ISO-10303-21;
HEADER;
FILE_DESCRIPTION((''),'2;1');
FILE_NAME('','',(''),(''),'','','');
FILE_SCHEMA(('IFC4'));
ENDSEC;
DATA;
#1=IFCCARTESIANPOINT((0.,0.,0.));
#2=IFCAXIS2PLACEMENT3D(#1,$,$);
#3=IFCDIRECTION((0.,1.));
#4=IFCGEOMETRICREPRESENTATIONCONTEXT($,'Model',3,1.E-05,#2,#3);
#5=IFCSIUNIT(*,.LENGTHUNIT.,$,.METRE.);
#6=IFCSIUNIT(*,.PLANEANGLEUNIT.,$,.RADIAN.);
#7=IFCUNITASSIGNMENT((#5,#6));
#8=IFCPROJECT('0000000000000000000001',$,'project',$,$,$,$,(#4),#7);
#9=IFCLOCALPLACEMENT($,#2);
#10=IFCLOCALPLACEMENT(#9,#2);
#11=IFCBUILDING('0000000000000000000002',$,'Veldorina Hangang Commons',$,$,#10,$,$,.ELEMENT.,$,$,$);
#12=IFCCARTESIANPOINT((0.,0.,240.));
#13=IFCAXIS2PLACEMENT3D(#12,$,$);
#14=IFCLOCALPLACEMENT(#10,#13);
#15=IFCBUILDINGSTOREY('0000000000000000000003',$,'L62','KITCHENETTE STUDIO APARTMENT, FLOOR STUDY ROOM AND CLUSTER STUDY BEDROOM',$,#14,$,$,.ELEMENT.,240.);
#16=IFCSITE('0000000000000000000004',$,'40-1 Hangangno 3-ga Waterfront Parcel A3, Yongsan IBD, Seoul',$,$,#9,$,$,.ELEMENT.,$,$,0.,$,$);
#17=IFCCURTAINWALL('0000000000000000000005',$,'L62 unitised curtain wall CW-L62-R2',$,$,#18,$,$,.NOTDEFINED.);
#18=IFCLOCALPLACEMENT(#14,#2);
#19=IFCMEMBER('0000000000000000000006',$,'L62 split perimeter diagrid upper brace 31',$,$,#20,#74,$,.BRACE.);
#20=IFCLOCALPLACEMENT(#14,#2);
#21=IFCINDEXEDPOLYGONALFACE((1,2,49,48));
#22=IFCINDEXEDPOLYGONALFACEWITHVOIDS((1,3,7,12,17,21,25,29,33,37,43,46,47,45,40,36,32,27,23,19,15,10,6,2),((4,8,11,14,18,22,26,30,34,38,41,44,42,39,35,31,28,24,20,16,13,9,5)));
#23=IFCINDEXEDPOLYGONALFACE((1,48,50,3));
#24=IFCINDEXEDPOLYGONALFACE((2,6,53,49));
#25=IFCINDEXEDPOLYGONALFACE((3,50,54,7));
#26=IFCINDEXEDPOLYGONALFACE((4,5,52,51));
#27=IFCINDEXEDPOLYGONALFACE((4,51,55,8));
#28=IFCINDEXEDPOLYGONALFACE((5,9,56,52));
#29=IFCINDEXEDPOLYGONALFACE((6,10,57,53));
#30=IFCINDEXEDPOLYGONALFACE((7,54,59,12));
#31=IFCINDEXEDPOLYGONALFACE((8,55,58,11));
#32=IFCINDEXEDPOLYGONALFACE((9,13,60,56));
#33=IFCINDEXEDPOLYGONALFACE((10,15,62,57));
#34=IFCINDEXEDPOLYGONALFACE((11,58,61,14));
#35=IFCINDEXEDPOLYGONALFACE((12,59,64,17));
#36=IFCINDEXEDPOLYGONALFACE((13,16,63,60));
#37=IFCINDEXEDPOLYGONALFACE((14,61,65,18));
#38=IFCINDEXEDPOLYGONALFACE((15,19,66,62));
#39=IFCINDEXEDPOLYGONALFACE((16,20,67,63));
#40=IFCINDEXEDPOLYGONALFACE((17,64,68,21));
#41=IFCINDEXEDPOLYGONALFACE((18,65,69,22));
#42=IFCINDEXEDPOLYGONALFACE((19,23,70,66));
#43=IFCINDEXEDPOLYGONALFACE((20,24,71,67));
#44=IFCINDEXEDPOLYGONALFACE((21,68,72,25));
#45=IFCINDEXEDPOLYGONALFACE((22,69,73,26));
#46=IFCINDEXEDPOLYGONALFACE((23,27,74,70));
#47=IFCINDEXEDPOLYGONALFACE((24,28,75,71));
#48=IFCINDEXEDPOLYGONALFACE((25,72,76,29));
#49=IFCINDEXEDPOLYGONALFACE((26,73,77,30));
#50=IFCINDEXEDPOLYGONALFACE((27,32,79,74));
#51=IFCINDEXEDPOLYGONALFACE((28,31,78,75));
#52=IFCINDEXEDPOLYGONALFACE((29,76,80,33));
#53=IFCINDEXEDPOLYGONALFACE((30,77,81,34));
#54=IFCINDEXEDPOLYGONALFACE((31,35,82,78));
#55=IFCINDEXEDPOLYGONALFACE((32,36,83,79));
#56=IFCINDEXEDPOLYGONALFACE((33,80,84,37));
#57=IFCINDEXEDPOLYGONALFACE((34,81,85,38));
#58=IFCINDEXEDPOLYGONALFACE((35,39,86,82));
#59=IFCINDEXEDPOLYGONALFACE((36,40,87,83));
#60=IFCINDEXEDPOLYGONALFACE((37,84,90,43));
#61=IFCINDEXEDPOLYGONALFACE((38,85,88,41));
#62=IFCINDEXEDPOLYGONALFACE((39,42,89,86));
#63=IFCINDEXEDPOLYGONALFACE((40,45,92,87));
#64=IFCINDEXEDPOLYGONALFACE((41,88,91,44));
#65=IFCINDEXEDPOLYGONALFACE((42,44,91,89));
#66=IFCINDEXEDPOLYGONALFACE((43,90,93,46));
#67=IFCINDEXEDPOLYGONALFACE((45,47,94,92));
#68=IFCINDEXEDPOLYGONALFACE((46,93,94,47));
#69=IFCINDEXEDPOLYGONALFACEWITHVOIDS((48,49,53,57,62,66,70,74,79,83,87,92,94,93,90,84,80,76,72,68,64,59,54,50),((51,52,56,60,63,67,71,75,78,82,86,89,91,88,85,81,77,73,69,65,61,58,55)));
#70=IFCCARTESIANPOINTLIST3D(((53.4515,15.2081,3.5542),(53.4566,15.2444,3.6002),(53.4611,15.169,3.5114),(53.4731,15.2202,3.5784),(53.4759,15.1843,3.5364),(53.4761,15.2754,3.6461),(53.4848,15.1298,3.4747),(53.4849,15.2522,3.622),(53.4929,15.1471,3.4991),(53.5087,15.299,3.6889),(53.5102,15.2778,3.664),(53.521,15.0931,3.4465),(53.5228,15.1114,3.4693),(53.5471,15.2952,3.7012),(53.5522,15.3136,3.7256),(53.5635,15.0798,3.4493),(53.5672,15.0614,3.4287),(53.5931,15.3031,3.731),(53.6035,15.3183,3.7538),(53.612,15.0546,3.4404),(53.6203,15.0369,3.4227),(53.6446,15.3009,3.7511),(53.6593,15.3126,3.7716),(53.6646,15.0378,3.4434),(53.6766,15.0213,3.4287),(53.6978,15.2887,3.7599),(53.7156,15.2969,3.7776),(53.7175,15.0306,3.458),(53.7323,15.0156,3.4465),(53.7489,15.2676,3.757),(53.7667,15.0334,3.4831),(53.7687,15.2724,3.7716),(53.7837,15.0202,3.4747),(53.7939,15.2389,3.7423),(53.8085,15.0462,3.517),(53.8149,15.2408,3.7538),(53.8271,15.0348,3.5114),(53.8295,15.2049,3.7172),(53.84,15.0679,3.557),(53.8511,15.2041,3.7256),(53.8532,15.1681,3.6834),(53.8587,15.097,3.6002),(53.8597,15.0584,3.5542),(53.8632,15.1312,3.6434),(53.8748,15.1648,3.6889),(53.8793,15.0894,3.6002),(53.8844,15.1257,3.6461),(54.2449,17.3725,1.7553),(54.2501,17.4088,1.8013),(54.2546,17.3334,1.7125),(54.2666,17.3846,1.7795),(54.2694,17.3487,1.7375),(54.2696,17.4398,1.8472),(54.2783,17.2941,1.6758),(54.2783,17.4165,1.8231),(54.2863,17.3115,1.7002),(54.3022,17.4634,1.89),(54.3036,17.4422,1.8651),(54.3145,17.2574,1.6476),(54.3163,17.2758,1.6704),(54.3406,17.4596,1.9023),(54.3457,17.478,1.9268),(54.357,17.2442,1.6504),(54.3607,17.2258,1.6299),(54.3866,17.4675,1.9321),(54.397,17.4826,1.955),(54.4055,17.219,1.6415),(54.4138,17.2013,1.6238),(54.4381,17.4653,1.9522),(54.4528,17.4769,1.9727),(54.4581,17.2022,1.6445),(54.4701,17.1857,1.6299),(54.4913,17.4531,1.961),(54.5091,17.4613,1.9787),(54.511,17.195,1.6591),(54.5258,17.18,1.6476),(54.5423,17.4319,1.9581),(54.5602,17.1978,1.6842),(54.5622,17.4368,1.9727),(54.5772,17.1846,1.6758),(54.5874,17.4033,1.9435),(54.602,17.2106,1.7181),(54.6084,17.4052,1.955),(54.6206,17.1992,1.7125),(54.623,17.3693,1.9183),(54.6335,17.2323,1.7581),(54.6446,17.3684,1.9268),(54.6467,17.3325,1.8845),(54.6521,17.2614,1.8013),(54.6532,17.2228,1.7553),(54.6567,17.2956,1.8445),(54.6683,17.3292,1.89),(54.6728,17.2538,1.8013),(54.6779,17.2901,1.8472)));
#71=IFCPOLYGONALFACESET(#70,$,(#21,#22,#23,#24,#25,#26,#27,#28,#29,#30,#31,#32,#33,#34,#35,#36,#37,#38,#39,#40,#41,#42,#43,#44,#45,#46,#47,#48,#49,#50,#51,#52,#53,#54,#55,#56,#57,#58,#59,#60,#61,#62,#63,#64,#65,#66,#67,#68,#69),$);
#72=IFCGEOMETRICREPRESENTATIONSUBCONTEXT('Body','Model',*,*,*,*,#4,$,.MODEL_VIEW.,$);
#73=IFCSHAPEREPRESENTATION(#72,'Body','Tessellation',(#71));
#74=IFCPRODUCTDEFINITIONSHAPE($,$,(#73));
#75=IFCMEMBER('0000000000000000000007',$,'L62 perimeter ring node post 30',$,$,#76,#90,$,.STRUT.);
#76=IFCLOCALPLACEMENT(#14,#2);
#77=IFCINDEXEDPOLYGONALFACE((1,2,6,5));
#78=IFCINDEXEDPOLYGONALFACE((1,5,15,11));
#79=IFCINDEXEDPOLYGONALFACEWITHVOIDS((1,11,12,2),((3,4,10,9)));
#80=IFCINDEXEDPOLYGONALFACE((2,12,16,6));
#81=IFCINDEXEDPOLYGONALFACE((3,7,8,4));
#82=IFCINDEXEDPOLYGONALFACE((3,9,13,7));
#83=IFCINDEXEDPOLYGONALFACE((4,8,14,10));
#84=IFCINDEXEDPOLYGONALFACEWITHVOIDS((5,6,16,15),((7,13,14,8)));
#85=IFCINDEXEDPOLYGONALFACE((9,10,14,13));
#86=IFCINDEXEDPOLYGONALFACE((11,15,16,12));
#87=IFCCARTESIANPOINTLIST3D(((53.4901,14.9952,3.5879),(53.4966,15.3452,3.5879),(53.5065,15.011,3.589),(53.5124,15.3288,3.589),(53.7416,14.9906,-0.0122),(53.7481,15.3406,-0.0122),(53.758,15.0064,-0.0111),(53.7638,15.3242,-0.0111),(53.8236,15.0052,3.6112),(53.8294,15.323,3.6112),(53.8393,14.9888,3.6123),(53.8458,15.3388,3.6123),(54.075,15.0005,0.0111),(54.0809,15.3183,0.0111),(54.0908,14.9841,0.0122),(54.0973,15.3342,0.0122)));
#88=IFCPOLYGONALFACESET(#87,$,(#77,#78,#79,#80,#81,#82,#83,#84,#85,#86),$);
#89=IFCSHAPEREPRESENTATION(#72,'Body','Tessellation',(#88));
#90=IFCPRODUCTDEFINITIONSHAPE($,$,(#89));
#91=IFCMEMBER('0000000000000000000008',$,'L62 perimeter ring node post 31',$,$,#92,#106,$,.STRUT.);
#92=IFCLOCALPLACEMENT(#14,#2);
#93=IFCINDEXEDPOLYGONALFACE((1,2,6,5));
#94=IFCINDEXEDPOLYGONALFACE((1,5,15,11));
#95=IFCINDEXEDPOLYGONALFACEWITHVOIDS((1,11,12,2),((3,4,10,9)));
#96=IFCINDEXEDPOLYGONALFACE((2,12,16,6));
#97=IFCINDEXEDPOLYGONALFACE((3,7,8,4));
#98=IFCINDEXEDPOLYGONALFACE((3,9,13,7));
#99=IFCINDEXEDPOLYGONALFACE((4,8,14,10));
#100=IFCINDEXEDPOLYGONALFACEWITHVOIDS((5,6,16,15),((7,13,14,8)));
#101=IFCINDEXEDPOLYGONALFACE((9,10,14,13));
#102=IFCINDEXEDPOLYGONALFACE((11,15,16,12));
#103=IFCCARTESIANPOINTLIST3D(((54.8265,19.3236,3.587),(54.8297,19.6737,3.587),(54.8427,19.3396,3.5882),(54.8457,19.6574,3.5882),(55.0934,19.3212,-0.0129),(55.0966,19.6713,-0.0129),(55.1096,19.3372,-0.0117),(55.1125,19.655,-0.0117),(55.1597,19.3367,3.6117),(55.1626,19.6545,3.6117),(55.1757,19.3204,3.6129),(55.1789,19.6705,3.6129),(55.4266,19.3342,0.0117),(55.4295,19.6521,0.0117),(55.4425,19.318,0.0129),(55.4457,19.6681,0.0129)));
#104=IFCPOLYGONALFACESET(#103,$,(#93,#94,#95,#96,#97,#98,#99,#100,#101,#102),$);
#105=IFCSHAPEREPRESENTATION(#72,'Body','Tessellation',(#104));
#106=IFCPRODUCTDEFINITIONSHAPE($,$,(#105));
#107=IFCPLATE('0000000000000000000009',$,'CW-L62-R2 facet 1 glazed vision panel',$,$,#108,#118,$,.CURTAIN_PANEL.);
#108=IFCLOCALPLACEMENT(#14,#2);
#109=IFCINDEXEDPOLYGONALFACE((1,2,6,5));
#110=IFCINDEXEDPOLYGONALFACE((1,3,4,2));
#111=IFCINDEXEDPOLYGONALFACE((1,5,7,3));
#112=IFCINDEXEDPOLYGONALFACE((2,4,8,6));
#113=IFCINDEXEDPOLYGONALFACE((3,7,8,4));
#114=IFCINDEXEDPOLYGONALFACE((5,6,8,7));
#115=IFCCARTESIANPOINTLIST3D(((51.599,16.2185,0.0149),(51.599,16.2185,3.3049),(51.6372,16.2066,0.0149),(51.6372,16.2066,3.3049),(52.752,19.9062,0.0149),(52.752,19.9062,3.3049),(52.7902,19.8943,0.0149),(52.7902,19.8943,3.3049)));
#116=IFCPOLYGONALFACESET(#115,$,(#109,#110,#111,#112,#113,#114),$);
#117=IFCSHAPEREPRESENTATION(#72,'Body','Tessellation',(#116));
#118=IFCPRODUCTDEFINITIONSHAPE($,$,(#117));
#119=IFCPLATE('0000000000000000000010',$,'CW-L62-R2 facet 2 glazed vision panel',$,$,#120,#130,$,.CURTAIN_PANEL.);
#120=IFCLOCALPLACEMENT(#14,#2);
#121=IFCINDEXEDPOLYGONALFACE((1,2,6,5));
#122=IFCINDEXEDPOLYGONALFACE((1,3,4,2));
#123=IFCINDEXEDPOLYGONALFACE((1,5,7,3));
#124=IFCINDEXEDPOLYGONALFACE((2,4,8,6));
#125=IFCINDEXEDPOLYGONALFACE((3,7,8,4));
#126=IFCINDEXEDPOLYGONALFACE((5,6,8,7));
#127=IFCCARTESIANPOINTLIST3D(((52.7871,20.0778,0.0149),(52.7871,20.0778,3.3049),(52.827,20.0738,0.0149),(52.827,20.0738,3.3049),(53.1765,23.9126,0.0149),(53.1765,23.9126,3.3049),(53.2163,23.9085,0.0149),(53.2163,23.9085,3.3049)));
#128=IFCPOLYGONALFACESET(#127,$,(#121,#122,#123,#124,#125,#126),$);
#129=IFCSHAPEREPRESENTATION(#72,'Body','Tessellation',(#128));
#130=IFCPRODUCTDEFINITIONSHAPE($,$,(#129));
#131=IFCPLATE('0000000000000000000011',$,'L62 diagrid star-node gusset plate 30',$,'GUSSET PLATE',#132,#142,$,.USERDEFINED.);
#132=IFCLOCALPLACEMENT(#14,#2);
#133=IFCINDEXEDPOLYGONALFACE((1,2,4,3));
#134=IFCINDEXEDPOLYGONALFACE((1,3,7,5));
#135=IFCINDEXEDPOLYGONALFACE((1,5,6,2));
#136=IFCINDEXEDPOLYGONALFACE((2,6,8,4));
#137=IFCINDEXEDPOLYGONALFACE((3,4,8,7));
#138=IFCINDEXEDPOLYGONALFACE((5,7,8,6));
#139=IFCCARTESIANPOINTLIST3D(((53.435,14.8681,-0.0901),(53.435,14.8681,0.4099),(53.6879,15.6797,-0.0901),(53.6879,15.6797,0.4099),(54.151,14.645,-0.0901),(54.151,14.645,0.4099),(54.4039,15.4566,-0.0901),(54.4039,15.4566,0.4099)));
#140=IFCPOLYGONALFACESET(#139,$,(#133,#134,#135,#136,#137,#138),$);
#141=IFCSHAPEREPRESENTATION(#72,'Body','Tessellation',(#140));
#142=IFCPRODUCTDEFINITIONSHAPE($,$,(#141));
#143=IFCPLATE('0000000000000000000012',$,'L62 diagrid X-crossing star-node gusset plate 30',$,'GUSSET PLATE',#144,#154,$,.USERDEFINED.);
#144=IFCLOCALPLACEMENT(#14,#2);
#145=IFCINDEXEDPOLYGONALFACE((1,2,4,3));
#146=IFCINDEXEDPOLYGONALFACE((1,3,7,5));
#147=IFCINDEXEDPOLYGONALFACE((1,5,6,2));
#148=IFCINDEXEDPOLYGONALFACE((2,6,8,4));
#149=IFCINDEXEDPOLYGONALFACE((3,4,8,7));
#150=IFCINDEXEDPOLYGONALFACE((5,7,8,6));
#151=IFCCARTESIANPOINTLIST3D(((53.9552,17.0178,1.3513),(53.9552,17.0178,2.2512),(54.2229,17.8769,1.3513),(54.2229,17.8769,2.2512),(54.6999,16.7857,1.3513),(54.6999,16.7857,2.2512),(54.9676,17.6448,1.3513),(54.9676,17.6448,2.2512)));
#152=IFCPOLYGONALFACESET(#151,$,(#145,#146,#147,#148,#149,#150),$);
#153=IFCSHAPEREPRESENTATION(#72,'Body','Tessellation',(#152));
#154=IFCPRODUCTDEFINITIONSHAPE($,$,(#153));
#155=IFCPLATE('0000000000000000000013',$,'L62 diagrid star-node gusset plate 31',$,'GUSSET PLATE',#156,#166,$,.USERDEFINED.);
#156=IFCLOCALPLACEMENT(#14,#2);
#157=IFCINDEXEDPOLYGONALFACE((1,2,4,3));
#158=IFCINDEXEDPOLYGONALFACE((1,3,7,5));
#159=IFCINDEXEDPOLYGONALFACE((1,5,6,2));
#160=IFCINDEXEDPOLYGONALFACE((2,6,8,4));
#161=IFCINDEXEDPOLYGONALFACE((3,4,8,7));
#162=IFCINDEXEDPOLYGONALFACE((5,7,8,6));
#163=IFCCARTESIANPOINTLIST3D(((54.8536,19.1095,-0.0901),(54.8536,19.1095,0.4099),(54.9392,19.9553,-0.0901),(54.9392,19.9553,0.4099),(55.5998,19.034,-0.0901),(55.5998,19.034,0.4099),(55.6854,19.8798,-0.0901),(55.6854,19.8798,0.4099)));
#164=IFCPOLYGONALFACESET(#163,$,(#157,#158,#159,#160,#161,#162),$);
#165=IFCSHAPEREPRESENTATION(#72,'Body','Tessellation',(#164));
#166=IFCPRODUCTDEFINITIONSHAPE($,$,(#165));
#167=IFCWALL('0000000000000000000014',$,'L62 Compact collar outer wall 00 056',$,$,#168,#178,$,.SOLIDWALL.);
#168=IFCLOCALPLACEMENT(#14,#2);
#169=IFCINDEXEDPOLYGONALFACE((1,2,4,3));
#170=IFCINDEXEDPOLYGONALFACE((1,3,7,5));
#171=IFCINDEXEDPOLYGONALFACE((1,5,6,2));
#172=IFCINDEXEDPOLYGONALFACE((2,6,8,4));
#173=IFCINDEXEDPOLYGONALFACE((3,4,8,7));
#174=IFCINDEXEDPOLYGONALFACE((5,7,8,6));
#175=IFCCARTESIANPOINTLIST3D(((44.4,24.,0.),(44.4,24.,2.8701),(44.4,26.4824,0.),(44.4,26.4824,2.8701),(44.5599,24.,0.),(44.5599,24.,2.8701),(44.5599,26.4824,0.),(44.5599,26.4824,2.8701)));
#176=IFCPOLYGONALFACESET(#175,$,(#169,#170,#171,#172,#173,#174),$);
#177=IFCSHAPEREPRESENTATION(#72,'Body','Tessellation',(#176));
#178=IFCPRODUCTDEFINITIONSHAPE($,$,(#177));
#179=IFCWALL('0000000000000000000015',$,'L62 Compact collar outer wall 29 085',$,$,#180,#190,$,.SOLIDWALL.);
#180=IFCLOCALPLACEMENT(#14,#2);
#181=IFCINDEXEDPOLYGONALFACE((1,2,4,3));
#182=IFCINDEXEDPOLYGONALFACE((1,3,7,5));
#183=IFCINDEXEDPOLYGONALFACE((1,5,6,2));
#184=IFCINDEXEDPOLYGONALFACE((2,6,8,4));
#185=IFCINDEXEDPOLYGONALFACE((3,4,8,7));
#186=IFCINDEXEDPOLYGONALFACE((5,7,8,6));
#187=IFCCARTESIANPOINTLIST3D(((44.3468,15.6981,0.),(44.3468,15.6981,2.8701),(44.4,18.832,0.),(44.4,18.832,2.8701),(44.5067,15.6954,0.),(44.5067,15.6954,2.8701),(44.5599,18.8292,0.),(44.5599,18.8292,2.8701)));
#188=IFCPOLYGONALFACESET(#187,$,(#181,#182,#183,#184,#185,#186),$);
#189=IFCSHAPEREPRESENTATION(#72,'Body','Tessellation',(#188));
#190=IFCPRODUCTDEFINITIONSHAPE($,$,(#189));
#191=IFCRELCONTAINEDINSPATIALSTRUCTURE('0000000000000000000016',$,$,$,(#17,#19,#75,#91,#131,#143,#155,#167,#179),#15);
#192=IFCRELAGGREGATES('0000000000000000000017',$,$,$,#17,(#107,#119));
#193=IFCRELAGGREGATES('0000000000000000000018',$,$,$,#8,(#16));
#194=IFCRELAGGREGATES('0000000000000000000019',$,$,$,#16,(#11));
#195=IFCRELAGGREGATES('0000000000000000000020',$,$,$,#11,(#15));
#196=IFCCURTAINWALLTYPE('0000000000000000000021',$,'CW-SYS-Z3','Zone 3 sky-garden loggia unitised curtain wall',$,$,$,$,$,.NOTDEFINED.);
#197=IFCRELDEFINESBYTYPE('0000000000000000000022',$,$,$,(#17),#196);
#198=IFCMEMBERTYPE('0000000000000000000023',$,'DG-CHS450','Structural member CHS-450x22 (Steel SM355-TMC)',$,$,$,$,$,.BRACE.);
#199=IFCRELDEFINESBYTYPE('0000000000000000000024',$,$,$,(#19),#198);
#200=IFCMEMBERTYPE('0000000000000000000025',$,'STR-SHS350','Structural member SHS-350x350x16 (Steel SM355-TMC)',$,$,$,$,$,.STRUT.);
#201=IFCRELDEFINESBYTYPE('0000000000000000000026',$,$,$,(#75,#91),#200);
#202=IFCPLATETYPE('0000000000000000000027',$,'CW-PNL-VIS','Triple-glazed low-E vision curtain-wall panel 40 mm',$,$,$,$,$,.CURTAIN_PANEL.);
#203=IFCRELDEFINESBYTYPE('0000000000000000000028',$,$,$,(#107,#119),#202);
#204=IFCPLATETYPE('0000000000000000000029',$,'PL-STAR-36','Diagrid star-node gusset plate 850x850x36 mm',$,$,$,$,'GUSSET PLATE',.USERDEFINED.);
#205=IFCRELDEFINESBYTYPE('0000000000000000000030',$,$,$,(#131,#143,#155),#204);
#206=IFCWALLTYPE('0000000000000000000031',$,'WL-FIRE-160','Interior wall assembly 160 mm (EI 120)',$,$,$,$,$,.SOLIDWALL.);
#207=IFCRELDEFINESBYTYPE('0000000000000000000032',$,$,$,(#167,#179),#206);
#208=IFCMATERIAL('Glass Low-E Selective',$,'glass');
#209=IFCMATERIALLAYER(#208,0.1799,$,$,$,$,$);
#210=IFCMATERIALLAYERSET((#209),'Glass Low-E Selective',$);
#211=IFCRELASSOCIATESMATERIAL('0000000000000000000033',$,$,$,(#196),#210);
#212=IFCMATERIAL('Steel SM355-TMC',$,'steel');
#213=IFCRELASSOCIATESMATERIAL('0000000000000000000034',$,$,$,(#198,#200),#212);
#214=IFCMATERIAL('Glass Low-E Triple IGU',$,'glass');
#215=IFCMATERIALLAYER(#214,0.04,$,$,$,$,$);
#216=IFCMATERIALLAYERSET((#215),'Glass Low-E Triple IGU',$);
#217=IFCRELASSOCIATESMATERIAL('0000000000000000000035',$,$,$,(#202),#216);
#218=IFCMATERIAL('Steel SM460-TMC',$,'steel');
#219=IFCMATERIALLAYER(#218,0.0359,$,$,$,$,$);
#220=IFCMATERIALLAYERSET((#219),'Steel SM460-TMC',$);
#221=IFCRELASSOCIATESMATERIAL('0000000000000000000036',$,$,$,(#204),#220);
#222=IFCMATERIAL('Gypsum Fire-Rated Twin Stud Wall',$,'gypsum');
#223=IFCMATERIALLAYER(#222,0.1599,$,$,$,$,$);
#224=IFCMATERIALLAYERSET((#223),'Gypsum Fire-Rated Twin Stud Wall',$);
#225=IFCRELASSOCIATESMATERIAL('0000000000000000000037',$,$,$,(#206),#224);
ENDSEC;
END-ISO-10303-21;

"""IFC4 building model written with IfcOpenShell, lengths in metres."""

from ifc_helpers import new_model, si_unit, direction, frame, frame_2d, origin, origin_2d, place, context, subcontext, project, spatial, rectangle, hollow_rectangle, hollow_circle, extrude, material, layer, layer_set, material_profile, profile_set, type_object, element, aggregate, save


model = new_model("IFC4")

# Units and contexts
model_context = context("Model", 3, precision=1e-05, world=origin(), true_north=direction((0.0, 1.0)))
body_context = subcontext(model_context, "Body", "Model", "MODEL_VIEW")
ifc_project = project(units=[si_unit("LENGTHUNIT", "METRE"), si_unit("PLANEANGLEUNIT", "RADIAN")], contexts=[model_context])

# Site, building, storey
site_placement = place(None, origin())
site = spatial("IfcSite", under=ifc_project, at=site_placement, Name="40-1 Hangangno 3-ga Waterfront Parcel A3, Yongsan IBD, Seoul", CompositionType="ELEMENT", RefElevation=0.0)
building_placement = place(site_placement, origin())
building = spatial("IfcBuilding", under=site, at=building_placement, Name="Veldorina Hangang Commons", CompositionType="ELEMENT")
storey_placement = place(building_placement, frame((0.0, 0.0, 240.0)))
storey = spatial("IfcBuildingStorey", under=building, at=storey_placement, Name="L62", Description="KITCHENETTE STUDIO APARTMENT, FLOOR STUDY ROOM AND CLUSTER STUDY BEDROOM", CompositionType="ELEMENT", Elevation=240.0)

# Shared definitions
ifc_material_1 = material(Name="Steel SM355-TMC", Category="steel")

# Curtain wall
ifc_material_2 = material(Name="Glass Low-E Selective", Category="glass")
ifc_layer_1 = layer(ifc_material_2, 0.1799)
ifc_layer_set_1 = layer_set([ifc_layer_1], Name="Glass Low-E Selective")
curtain_wall_type = type_object("IfcCurtainWallType", Name="CW-SYS-Z3", Description="Zone 3 sky-garden loggia unitised curtain wall", PredefinedType="NOTDEFINED", material=ifc_layer_set_1)
curtain_wall_placement = place(storey_placement, origin())
curtain_wall = element("IfcCurtainWall", 1, at=curtain_wall_placement, inside=storey, type_object=curtain_wall_type, Name="L62 unitised curtain wall CW-L62-R2", PredefinedType="NOTDEFINED")

# Members
ifc_material_profile_1 = material_profile(ifc_material_1, hollow_circle(Radius=0.2251, WallThickness=0.022, at=origin_2d()), Name="CHS-450x22")
ifc_profile_set_1 = profile_set([ifc_material_profile_1], Name="Steel SM355-TMC")
member_type_1 = type_object("IfcMemberType", Name="DG-CHS450", Description="Structural member CHS-450x22 (Steel SM355-TMC)", PredefinedType="BRACE", material=ifc_profile_set_1)
member_1_placement = place(storey_placement, frame((54.4614, 17.3313, 1.8013), z_axis=(-0.271363, -0.740195, 0.615201), x_axis=(0.938893, -0.344208, 0.0)))
element("IfcMember", 2, at=member_1_placement, inside=storey, type_object=member_type_1, Name="L62 split perimeter diagrid upper brace 31", PredefinedType="BRACE", context=body_context, shape_type="SweptSolid", body=[
    extrude(hollow_circle(Radius=0.2251, WallThickness=0.022, at=origin_2d()), origin(), (0.0, 0.0, 1.0), 2.9241),
])
ifc_material_profile_2 = material_profile(ifc_material_1, hollow_rectangle(XDim=0.3501, YDim=0.3501, WallThickness=0.0161, at=origin_2d()), Name="SHS-350x350x16")
ifc_profile_set_2 = profile_set([ifc_material_profile_2], Name="Steel SM355-TMC")
member_type_2 = type_object("IfcMemberType", Name="STR-SHS350", Description="Structural member SHS-350x350x16 (Steel SM355-TMC)", PredefinedType="STRUT", material=ifc_profile_set_2)
member_2_placement = place(storey_placement, frame((53.9194, 15.1624, 0.0), z_axis=(-0.06968, 0.001285, 0.997569), x_axis=(-0.018443, -0.99983, 0.0)))
element("IfcMember", 3, at=member_2_placement, inside=storey, type_object=member_type_2, Name="L62 perimeter ring node post 30", PredefinedType="STRUT", context=body_context, shape_type="SweptSolid", body=[
    extrude(hollow_rectangle(XDim=0.3501, YDim=0.3501, WallThickness=0.0161, at=origin_2d()), origin(), (0.0, 0.0, 1.0), 3.6089),
])
member_3_placement = place(storey_placement, frame((55.2695, 19.4946, 0.0), z_axis=(-0.073919, 0.000676, 0.997264), x_axis=(-0.009149, -0.999958, 0.0)))
element("IfcMember", 4, at=member_3_placement, inside=storey, type_object=member_type_2, Name="L62 perimeter ring node post 31", PredefinedType="STRUT", context=body_context, shape_type="SweptSolid", body=[
    extrude(hollow_rectangle(XDim=0.3501, YDim=0.3501, WallThickness=0.0161, at=origin_2d()), origin(), (0.0, 0.0, 1.0), 3.6099),
])

# Plates
ifc_material_3 = material(Name="Glass Low-E Triple IGU", Category="glass")
ifc_layer_2 = layer(ifc_material_3, 0.04)
ifc_layer_set_2 = layer_set([ifc_layer_2], Name="Glass Low-E Triple IGU")
plate_type_1 = type_object("IfcPlateType", Name="CW-PNL-VIS", Description="Triple-glazed low-E vision curtain-wall panel 40 mm", PredefinedType="CURTAIN_PANEL", material=ifc_layer_set_2)
plate_1_placement = place(storey_placement, frame((52.1946, 18.0564, 0.0149), z_axis=(0.0, 0.0, 1.0), x_axis=(0.298408, 0.954438, 0.0)))
plate_1 = element("IfcPlate", 5, at=plate_1_placement, type_object=plate_type_1, Name="CW-L62-R2 facet 1 glazed vision panel", PredefinedType="CURTAIN_PANEL", context=body_context, shape_type="SweptSolid", body=[
    extrude(rectangle(XDim=3.8638, YDim=0.04, at=origin_2d()), origin(), (0.0, 0.0, 1.0), 3.29),
])
plate_2_placement = place(storey_placement, frame((53.0017, 21.9932, 0.0149), z_axis=(0.0, 0.0, 1.0), x_axis=(0.101004, 0.994886, 0.0)))
plate_2 = element("IfcPlate", 6, at=plate_2_placement, type_object=plate_type_1, Name="CW-L62-R2 facet 2 glazed vision panel", PredefinedType="CURTAIN_PANEL", context=body_context, shape_type="SweptSolid", body=[
    extrude(rectangle(XDim=3.8545, YDim=0.04, at=origin_2d()), origin(), (0.0, 0.0, 1.0), 3.29),
])
aggregate(curtain_wall, [plate_1, plate_2])

# Plates
ifc_material_4 = material(Name="Steel SM460-TMC", Category="steel")
ifc_layer_3 = layer(ifc_material_4, 0.0359)
ifc_layer_set_3 = layer_set([ifc_layer_3], Name="Steel SM460-TMC")
plate_type_2 = type_object("IfcPlateType", Name="PL-STAR-36", Description="Diagrid star-node gusset plate 850x850x36 mm", ElementType="GUSSET PLATE", PredefinedType="USERDEFINED", material=ifc_layer_set_3)
plate_3_placement = place(storey_placement, frame((53.9194, 15.1624, -0.0901), z_axis=(0.0, 0.0, 1.0), x_axis=(0.297525, 0.954714, 0.0)))
element("IfcPlate", 7, at=plate_3_placement, inside=storey, type_object=plate_type_2, Name="L62 diagrid star-node gusset plate 30", ObjectType="GUSSET PLATE", PredefinedType="USERDEFINED", context=body_context, shape_type="SweptSolid", body=[
    extrude(rectangle(XDim=0.8501, YDim=0.75, at=origin_2d()), origin(), (0.0, 0.0, 1.0), 0.5),
])
plate_4_placement = place(storey_placement, frame((54.4614, 17.3313, 1.3513), z_axis=(0.0, 0.0, 1.0), x_axis=(0.297525, 0.954714, 0.0)))
element("IfcPlate", 8, at=plate_4_placement, inside=storey, type_object=plate_type_2, Name="L62 diagrid X-crossing star-node gusset plate 30", ObjectType="GUSSET PLATE", PredefinedType="USERDEFINED", context=body_context, shape_type="SweptSolid", body=[
    extrude(rectangle(XDim=0.8999, YDim=0.78, at=origin_2d()), origin(), (0.0, 0.0, 1.0), 0.8999),
])
plate_5_placement = place(storey_placement, frame((55.2695, 19.4946, -0.0901), z_axis=(0.0, 0.0, 1.0), x_axis=(0.100674, 0.994919, 0.0)))
element("IfcPlate", 9, at=plate_5_placement, inside=storey, type_object=plate_type_2, Name="L62 diagrid star-node gusset plate 31", ObjectType="GUSSET PLATE", PredefinedType="USERDEFINED", context=body_context, shape_type="SweptSolid", body=[
    extrude(rectangle(XDim=0.8501, YDim=0.75, at=origin_2d()), origin(), (0.0, 0.0, 1.0), 0.5),
])

# Walls
ifc_material_5 = material(Name="Gypsum Fire-Rated Twin Stud Wall", Category="gypsum")
ifc_layer_4 = layer(ifc_material_5, 0.1599)
ifc_layer_set_4 = layer_set([ifc_layer_4], Name="Gypsum Fire-Rated Twin Stud Wall")
wall_type_1 = type_object("IfcWallType", Name="WL-FIRE-160", Description="Interior wall assembly 160 mm (EI 120)", PredefinedType="SOLIDWALL", material=ifc_layer_set_4)
wall_1_placement = place(storey_placement, frame((44.48, 24.0, 0.0), z_axis=(0.0, 0.0, 1.0), x_axis=(0.0, 1.0, 0.0)))
element("IfcWall", 10, at=wall_1_placement, inside=storey, type_object=wall_type_1, Name="L62 Compact collar outer wall 00 056", PredefinedType="SOLIDWALL", context=body_context, shape_type="SweptSolid", body=[
    extrude(rectangle(XDim=2.4824, YDim=0.1599, at=frame_2d((1.2412, 0.0))), origin(), (0.0, 0.0, 1.0), 2.8701),
])
wall_2_placement = place(storey_placement, frame((44.4268, 15.6968, 0.0), z_axis=(0.0, 0.0, 1.0), x_axis=(0.016981, 0.999856, 0.0)))
element("IfcWall", 11, at=wall_2_placement, inside=storey, type_object=wall_type_1, Name="L62 Compact collar outer wall 29 085", PredefinedType="SOLIDWALL", context=body_context, shape_type="SweptSolid", body=[
    extrude(rectangle(XDim=3.1343, YDim=0.1599, at=frame_2d((1.5671, 0.0))), origin(), (0.0, 0.0, 1.0), 2.8701),
])

save(model, "model.ifc")
